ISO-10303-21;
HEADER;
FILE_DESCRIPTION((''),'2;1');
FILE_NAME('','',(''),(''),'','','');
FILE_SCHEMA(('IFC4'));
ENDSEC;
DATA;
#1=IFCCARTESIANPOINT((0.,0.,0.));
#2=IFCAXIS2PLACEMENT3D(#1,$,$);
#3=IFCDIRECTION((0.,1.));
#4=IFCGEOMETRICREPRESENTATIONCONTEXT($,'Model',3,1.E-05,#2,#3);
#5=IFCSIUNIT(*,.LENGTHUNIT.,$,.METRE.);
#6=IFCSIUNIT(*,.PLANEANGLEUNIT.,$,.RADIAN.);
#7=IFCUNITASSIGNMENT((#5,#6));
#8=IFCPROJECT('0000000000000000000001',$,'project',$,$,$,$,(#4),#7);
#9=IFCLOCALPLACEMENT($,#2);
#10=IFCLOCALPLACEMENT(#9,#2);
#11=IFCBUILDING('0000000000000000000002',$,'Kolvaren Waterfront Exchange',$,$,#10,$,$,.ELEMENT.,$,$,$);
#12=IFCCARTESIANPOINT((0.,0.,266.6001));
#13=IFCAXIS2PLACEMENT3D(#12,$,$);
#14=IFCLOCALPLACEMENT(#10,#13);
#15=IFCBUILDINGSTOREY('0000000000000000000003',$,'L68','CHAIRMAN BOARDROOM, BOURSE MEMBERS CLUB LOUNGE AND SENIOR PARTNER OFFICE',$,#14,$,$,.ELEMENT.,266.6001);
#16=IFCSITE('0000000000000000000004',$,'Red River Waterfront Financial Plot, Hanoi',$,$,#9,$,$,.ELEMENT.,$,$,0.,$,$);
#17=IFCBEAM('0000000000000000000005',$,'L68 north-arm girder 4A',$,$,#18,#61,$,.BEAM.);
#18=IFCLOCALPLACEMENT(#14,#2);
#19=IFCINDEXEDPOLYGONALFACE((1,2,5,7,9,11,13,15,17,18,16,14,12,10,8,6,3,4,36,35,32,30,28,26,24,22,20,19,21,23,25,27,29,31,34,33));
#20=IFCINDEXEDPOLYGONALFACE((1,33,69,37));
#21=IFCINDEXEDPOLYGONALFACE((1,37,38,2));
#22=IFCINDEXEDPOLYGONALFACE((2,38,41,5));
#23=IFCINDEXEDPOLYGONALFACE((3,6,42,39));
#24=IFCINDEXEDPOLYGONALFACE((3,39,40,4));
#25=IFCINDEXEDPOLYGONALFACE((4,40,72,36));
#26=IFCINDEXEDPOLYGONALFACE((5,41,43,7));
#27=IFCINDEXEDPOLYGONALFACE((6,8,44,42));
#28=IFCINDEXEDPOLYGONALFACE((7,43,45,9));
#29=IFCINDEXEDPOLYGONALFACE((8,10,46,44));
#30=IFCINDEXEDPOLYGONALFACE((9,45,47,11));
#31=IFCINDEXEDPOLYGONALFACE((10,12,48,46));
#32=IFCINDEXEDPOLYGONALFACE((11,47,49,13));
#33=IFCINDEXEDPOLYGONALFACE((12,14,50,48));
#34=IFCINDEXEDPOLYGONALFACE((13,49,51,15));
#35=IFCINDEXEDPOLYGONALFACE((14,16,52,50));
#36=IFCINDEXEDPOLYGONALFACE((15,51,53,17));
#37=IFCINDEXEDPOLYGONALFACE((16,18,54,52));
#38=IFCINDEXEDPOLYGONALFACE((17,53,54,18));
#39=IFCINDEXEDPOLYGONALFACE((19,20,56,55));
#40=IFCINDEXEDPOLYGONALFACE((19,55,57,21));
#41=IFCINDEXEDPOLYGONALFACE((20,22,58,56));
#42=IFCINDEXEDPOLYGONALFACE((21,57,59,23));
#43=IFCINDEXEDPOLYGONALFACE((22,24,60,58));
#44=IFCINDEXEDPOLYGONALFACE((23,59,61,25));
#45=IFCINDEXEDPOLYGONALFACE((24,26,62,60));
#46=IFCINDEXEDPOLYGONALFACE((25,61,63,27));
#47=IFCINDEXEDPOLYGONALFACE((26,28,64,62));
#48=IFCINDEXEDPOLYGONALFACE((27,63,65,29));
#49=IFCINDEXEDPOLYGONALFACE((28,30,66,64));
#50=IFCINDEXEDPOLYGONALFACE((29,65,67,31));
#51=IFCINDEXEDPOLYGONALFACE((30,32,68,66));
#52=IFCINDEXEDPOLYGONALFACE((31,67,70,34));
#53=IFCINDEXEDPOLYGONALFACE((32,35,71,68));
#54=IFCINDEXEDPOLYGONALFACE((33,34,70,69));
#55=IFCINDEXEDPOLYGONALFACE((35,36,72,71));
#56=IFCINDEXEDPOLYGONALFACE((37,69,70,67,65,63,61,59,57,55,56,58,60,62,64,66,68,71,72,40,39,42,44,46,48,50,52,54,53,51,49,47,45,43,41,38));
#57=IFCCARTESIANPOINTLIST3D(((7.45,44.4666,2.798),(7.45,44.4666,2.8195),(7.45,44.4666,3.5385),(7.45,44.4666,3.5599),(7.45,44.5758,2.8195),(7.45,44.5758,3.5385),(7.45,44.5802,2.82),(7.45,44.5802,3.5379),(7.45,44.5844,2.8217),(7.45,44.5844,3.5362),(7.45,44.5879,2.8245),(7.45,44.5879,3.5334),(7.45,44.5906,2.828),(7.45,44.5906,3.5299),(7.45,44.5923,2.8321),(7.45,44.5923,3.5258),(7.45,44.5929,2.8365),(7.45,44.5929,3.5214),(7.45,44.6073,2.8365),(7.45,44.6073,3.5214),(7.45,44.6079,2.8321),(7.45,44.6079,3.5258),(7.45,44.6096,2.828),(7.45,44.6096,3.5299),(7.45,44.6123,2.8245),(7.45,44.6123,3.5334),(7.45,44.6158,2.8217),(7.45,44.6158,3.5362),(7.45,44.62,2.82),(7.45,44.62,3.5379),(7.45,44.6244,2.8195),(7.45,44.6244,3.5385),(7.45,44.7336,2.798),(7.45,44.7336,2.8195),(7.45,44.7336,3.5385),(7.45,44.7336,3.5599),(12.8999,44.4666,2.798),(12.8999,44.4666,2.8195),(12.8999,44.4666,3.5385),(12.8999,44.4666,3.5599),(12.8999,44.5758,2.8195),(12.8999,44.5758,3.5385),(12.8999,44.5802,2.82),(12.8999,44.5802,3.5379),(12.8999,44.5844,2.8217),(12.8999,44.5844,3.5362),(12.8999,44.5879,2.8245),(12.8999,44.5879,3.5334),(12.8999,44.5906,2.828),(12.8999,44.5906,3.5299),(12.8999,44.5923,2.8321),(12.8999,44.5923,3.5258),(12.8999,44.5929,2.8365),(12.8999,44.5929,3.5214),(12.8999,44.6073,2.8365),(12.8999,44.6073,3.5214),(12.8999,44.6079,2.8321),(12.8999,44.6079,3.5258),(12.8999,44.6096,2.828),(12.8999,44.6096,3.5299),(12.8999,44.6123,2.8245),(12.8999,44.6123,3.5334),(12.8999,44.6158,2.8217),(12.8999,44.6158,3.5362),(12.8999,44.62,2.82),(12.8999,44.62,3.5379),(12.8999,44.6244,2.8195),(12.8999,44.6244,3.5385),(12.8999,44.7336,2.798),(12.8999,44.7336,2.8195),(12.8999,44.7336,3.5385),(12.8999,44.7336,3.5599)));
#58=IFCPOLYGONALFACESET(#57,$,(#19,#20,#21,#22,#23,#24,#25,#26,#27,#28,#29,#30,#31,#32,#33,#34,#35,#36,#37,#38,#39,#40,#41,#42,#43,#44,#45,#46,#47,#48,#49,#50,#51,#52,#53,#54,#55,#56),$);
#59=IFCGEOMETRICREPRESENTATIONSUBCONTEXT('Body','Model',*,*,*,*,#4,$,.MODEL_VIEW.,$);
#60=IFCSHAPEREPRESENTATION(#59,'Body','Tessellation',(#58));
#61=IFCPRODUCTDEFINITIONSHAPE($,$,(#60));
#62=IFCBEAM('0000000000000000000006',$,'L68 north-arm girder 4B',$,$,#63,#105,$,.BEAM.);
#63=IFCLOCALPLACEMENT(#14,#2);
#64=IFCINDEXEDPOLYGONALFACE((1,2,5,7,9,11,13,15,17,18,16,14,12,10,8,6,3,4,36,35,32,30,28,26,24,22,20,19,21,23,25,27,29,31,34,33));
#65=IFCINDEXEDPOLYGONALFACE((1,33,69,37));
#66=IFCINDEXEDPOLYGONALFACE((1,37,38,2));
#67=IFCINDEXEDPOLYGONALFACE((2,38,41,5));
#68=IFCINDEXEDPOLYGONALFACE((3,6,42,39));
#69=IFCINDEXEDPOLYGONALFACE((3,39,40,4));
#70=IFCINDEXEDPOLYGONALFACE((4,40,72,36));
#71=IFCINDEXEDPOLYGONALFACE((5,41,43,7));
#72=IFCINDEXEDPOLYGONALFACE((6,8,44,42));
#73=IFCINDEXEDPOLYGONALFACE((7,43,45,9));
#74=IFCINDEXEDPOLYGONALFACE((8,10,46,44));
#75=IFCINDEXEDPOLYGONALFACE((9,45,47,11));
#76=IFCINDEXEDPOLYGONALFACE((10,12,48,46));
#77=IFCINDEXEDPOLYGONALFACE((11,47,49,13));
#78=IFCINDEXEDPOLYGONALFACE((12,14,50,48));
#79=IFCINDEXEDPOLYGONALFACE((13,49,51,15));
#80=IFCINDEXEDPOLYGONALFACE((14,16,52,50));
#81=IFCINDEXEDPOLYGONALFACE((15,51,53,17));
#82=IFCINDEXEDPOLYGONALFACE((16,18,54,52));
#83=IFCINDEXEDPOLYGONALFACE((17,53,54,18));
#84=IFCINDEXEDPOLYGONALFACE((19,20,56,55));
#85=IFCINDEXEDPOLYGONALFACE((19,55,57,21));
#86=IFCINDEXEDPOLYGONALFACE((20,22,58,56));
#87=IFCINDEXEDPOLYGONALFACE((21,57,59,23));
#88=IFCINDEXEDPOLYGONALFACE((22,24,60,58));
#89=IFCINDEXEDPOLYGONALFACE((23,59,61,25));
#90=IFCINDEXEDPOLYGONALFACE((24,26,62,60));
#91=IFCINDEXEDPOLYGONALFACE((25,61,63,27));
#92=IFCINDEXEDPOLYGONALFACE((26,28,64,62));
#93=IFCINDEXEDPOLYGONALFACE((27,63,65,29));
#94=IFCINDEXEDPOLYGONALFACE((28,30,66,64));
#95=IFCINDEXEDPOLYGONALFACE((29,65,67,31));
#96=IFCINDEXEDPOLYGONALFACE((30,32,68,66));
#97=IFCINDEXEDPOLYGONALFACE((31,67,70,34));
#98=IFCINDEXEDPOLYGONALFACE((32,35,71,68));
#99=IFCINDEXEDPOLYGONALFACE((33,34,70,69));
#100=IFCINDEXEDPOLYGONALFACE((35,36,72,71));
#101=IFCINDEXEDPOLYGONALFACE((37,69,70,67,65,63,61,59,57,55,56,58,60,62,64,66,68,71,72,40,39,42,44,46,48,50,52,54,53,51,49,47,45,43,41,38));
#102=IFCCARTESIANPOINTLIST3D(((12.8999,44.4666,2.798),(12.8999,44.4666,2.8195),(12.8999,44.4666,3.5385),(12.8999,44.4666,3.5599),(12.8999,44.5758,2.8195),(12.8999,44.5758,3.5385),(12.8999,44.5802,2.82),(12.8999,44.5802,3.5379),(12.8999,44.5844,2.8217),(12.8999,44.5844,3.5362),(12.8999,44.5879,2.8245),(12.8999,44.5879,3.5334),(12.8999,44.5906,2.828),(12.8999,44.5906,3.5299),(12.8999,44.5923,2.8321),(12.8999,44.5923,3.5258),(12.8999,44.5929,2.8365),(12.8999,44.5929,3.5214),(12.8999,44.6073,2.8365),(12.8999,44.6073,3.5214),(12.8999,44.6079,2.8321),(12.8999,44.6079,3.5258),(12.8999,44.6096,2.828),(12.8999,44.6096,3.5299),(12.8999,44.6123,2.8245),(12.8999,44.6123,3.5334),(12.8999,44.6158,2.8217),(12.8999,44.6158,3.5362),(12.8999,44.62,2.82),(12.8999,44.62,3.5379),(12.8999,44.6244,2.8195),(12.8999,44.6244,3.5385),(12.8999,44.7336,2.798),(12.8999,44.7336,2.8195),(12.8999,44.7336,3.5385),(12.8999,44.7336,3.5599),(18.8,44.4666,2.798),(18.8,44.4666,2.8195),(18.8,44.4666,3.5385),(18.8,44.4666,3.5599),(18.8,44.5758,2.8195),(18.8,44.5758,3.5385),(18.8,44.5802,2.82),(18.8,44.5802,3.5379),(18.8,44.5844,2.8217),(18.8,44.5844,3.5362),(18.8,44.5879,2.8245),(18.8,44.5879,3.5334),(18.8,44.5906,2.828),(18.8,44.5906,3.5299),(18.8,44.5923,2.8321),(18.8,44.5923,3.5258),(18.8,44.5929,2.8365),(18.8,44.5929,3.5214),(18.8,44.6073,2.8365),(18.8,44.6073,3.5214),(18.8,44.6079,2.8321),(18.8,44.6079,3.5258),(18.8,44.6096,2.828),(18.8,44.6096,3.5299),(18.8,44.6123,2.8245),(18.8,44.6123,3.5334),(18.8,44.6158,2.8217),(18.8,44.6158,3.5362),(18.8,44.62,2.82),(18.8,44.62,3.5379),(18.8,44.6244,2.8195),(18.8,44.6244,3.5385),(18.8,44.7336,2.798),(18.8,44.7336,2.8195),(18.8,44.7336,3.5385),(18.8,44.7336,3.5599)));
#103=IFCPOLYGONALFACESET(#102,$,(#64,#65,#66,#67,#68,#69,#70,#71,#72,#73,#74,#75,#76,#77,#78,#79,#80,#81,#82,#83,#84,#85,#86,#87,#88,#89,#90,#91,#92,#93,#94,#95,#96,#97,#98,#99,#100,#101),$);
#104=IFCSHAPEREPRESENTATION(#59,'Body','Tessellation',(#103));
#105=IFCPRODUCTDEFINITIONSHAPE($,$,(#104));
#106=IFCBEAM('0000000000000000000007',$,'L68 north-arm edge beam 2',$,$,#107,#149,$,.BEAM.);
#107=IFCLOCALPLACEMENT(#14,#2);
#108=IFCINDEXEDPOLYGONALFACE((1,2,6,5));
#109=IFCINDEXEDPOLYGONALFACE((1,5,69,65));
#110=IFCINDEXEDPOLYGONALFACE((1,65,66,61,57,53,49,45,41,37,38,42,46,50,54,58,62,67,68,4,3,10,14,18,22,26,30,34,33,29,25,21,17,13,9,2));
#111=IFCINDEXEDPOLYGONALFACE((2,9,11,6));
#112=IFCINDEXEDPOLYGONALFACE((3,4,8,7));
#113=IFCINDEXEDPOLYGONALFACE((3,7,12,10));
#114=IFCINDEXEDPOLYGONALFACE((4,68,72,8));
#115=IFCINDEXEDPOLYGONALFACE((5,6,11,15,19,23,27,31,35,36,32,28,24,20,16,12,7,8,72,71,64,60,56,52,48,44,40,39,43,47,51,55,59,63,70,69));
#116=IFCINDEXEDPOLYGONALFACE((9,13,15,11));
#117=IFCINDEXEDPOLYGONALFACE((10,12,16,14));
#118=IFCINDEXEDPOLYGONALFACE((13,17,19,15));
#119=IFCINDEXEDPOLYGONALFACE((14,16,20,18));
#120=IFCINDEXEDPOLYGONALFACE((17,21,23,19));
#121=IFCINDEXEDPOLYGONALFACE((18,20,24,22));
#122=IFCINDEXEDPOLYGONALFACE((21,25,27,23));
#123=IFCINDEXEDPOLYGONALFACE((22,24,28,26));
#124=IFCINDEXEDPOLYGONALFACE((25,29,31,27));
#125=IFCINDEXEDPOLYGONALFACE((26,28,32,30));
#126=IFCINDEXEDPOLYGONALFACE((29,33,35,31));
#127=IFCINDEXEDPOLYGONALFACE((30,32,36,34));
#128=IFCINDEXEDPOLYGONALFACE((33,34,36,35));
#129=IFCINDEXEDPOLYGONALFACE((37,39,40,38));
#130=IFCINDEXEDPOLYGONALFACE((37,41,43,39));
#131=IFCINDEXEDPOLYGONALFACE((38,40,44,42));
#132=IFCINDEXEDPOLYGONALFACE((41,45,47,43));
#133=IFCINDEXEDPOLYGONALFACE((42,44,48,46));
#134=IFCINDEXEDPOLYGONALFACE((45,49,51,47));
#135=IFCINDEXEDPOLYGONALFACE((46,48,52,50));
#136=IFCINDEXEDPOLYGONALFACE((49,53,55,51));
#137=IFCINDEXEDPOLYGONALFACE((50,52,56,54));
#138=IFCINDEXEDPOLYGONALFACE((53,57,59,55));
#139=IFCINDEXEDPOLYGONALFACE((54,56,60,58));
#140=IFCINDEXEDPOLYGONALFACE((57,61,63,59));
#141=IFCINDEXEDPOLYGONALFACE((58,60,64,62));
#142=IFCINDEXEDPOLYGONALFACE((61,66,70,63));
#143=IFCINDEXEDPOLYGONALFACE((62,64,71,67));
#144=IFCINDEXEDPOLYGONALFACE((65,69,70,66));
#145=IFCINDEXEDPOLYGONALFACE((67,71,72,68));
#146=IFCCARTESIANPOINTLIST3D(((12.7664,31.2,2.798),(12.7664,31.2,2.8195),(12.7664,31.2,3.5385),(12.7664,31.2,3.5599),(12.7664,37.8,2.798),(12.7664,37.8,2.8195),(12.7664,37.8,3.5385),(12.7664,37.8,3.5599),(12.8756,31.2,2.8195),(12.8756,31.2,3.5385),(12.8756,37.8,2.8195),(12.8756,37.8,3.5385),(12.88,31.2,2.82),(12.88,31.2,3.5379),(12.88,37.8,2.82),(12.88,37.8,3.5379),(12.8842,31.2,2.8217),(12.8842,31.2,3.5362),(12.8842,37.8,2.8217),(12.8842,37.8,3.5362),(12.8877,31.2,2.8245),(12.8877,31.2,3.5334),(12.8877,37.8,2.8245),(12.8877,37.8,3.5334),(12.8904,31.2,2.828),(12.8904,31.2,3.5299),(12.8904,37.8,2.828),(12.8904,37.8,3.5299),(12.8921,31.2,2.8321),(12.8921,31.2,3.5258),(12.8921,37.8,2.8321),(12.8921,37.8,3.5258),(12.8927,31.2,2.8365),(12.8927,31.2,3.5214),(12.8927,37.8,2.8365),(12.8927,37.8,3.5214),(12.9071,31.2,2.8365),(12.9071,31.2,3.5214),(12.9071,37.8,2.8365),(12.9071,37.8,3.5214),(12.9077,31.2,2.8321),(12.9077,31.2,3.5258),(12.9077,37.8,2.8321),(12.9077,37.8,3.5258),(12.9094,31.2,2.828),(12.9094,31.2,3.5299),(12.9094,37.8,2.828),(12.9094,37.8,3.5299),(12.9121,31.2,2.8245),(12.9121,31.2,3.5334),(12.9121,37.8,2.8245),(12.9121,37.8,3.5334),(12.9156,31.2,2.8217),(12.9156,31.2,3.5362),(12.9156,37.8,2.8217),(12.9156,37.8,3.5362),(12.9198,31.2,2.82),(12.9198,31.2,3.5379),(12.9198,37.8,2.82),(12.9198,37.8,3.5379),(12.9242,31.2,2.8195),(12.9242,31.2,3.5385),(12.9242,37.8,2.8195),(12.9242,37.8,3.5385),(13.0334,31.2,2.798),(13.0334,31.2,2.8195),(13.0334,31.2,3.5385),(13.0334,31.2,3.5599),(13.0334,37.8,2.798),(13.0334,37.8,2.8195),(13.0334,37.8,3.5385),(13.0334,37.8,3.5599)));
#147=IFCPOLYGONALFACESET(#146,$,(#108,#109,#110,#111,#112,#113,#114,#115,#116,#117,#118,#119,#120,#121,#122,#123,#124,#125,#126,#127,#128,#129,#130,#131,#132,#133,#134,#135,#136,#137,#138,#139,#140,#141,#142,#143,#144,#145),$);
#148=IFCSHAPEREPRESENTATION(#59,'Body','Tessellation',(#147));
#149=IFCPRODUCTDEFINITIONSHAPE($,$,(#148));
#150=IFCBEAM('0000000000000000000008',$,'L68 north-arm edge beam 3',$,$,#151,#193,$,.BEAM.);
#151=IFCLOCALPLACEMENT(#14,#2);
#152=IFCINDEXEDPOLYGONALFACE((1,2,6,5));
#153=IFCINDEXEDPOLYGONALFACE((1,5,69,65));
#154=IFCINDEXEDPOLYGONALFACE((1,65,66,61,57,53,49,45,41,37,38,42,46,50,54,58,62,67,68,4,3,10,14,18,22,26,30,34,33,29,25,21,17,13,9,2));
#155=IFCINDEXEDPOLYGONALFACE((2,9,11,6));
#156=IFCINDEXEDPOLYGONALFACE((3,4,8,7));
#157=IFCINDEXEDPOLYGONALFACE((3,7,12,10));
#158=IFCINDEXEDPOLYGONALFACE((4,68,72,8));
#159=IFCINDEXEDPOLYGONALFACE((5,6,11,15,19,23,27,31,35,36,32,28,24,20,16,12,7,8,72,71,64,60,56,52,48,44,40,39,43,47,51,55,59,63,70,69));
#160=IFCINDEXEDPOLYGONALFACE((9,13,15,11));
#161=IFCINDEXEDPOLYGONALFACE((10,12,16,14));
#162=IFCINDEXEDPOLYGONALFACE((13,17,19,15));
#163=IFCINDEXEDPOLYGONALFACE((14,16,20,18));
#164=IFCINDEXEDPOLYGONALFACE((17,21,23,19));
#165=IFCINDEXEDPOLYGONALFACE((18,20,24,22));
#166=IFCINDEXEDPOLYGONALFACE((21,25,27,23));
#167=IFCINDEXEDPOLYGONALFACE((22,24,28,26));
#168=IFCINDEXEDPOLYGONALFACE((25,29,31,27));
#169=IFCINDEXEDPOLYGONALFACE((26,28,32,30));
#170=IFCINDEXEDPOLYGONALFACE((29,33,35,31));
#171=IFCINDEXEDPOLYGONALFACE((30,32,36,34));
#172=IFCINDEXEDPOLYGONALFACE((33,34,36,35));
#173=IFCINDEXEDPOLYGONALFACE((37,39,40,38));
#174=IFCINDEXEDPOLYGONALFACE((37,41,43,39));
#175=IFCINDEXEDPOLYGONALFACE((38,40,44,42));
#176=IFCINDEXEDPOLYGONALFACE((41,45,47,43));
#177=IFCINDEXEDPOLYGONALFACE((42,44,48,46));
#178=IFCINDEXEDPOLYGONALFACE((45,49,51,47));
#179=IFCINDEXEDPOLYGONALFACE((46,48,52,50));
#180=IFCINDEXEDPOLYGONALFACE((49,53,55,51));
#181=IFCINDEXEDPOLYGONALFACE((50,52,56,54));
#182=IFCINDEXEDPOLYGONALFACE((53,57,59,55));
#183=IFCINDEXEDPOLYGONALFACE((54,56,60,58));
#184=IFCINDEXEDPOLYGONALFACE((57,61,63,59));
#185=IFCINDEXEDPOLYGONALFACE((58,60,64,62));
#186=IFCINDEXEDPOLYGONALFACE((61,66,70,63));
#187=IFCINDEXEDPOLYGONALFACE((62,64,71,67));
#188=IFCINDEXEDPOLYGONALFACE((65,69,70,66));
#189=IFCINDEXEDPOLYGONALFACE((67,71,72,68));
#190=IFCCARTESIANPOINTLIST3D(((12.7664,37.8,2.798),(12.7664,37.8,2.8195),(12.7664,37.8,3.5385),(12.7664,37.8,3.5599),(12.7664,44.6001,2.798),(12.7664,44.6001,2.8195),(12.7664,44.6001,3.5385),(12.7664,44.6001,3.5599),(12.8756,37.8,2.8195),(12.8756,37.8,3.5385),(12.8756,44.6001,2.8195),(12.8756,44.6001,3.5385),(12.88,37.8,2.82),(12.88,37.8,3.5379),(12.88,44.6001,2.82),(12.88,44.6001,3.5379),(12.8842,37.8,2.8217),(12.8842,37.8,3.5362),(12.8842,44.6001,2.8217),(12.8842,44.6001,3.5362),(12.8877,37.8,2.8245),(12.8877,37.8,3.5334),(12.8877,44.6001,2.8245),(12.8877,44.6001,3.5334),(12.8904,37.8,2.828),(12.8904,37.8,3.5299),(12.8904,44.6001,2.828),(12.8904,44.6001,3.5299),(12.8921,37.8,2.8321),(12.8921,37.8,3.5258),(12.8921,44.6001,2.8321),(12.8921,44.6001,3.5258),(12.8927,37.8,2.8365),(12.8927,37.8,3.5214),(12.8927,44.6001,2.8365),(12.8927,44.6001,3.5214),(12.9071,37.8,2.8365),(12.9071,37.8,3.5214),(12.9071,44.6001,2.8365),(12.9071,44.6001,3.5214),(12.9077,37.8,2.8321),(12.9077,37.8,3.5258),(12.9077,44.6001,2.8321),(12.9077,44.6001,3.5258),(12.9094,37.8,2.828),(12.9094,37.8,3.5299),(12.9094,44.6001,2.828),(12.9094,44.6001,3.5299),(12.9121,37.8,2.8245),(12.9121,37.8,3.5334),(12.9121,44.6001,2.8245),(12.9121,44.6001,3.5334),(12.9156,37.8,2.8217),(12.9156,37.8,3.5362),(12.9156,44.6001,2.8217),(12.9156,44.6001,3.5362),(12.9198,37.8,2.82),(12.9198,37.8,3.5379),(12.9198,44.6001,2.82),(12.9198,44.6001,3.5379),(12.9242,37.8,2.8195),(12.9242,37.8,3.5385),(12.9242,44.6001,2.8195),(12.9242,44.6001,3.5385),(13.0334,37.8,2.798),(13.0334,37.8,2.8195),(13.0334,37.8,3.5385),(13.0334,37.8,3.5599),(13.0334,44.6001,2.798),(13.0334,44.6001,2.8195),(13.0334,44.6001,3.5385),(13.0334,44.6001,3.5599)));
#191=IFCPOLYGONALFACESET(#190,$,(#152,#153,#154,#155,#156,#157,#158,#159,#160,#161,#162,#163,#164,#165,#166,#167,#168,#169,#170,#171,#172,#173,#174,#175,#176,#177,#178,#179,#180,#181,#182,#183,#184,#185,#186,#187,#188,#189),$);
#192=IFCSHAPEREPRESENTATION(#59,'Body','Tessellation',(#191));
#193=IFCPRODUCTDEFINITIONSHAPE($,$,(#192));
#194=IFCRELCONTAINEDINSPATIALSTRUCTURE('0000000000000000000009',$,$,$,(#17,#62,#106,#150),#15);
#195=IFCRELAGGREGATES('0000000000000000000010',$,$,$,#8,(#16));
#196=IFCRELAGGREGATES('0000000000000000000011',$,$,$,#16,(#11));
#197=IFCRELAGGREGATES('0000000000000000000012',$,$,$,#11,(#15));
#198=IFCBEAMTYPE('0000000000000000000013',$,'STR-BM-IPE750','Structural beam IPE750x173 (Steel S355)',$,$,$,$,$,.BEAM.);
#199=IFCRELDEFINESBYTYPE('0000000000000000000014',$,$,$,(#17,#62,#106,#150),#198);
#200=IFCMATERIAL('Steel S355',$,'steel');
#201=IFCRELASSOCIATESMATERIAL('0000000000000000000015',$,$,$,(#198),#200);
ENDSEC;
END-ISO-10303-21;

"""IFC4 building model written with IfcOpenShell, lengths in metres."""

from ifc_helpers import new_model, si_unit, direction, frame, origin, origin_2d, place, context, subcontext, project, spatial, i_section, extrude, material, material_profile, profile_set, type_object, element, save


model = new_model("IFC4")

# Units and contexts
model_context = context("Model", 3, precision=1e-05, world=origin(), true_north=direction((0.0, 1.0)))
body_context = subcontext(model_context, "Body", "Model", "MODEL_VIEW")
ifc_project = project(units=[si_unit("LENGTHUNIT", "METRE"), si_unit("PLANEANGLEUNIT", "RADIAN")], contexts=[model_context])

# Site, building, storey
site_placement = place(None, origin())
site = spatial("IfcSite", under=ifc_project, at=site_placement, Name="Red River Waterfront Financial Plot, Hanoi", CompositionType="ELEMENT", RefElevation=0.0)
building_placement = place(site_placement, origin())
building = spatial("IfcBuilding", under=site, at=building_placement, Name="Kolvaren Waterfront Exchange", CompositionType="ELEMENT")
storey_placement = place(building_placement, frame((0.0, 0.0, 266.6001)))
storey = spatial("IfcBuildingStorey", under=building, at=storey_placement, Name="L68", Description="CHAIRMAN BOARDROOM, BOURSE MEMBERS CLUB LOUNGE AND SENIOR PARTNER OFFICE", CompositionType="ELEMENT", Elevation=266.6001)

# Beams
ifc_material_1 = material(Name="Steel S355", Category="steel")
ifc_material_profile_1 = material_profile(ifc_material_1, i_section(OverallWidth=0.2671, OverallDepth=0.762, WebThickness=0.0144, FlangeThickness=0.0215, FilletRadius=0.0171, at=origin_2d()), Name="IPE750x173")
ifc_profile_set_1 = profile_set([ifc_material_profile_1], Name="Steel S355")
beam_type_1 = type_object("IfcBeamType", Name="STR-BM-IPE750", Description="Structural beam IPE750x173 (Steel S355)", PredefinedType="BEAM", material=ifc_profile_set_1)
beam_1_placement = place(storey_placement, frame((7.45, 44.6001, 3.179), z_axis=(1.0, 0.0, 0.0), x_axis=(0.0, 1.0, 0.0)))
element("IfcBeam", 1, at=beam_1_placement, inside=storey, type_object=beam_type_1, Name="L68 north-arm girder 4A", PredefinedType="BEAM", context=body_context, shape_type="SweptSolid", body=[
    extrude(i_section(OverallWidth=0.2671, OverallDepth=0.762, WebThickness=0.0144, FlangeThickness=0.0215, FilletRadius=0.0171, at=origin_2d()), origin(), (0.0, 0.0, 1.0), 5.45),
])
beam_2_placement = place(storey_placement, frame((12.8999, 44.6001, 3.179), z_axis=(1.0, 0.0, 0.0), x_axis=(0.0, 1.0, 0.0)))
element("IfcBeam", 2, at=beam_2_placement, inside=storey, type_object=beam_type_1, Name="L68 north-arm girder 4B", PredefinedType="BEAM", context=body_context, shape_type="SweptSolid", body=[
    extrude(i_section(OverallWidth=0.2671, OverallDepth=0.762, WebThickness=0.0144, FlangeThickness=0.0215, FilletRadius=0.0171, at=origin_2d()), origin(), (0.0, 0.0, 1.0), 5.9001),
])
beam_3_placement = place(storey_placement, frame((12.8999, 31.2, 3.179), z_axis=(0.0, 1.0, 0.0), x_axis=(-1.0, 0.0, 0.0)))
element("IfcBeam", 3, at=beam_3_placement, inside=storey, type_object=beam_type_1, Name="L68 north-arm edge beam 2", PredefinedType="BEAM", context=body_context, shape_type="SweptSolid", body=[
    extrude(i_section(OverallWidth=0.2671, OverallDepth=0.762, WebThickness=0.0144, FlangeThickness=0.0215, FilletRadius=0.0171, at=origin_2d()), origin(), (0.0, 0.0, 1.0), 6.6001),
])
beam_4_placement = place(storey_placement, frame((12.8999, 37.8, 3.179), z_axis=(0.0, 1.0, 0.0), x_axis=(-1.0, 0.0, 0.0)))
element("IfcBeam", 4, at=beam_4_placement, inside=storey, type_object=beam_type_1, Name="L68 north-arm edge beam 3", PredefinedType="BEAM", context=body_context, shape_type="SweptSolid", body=[
    extrude(i_section(OverallWidth=0.2671, OverallDepth=0.762, WebThickness=0.0144, FlangeThickness=0.0215, FilletRadius=0.0171, at=origin_2d()), origin(), (0.0, 0.0, 1.0), 6.8),
])

save(model, "model.ifc")
